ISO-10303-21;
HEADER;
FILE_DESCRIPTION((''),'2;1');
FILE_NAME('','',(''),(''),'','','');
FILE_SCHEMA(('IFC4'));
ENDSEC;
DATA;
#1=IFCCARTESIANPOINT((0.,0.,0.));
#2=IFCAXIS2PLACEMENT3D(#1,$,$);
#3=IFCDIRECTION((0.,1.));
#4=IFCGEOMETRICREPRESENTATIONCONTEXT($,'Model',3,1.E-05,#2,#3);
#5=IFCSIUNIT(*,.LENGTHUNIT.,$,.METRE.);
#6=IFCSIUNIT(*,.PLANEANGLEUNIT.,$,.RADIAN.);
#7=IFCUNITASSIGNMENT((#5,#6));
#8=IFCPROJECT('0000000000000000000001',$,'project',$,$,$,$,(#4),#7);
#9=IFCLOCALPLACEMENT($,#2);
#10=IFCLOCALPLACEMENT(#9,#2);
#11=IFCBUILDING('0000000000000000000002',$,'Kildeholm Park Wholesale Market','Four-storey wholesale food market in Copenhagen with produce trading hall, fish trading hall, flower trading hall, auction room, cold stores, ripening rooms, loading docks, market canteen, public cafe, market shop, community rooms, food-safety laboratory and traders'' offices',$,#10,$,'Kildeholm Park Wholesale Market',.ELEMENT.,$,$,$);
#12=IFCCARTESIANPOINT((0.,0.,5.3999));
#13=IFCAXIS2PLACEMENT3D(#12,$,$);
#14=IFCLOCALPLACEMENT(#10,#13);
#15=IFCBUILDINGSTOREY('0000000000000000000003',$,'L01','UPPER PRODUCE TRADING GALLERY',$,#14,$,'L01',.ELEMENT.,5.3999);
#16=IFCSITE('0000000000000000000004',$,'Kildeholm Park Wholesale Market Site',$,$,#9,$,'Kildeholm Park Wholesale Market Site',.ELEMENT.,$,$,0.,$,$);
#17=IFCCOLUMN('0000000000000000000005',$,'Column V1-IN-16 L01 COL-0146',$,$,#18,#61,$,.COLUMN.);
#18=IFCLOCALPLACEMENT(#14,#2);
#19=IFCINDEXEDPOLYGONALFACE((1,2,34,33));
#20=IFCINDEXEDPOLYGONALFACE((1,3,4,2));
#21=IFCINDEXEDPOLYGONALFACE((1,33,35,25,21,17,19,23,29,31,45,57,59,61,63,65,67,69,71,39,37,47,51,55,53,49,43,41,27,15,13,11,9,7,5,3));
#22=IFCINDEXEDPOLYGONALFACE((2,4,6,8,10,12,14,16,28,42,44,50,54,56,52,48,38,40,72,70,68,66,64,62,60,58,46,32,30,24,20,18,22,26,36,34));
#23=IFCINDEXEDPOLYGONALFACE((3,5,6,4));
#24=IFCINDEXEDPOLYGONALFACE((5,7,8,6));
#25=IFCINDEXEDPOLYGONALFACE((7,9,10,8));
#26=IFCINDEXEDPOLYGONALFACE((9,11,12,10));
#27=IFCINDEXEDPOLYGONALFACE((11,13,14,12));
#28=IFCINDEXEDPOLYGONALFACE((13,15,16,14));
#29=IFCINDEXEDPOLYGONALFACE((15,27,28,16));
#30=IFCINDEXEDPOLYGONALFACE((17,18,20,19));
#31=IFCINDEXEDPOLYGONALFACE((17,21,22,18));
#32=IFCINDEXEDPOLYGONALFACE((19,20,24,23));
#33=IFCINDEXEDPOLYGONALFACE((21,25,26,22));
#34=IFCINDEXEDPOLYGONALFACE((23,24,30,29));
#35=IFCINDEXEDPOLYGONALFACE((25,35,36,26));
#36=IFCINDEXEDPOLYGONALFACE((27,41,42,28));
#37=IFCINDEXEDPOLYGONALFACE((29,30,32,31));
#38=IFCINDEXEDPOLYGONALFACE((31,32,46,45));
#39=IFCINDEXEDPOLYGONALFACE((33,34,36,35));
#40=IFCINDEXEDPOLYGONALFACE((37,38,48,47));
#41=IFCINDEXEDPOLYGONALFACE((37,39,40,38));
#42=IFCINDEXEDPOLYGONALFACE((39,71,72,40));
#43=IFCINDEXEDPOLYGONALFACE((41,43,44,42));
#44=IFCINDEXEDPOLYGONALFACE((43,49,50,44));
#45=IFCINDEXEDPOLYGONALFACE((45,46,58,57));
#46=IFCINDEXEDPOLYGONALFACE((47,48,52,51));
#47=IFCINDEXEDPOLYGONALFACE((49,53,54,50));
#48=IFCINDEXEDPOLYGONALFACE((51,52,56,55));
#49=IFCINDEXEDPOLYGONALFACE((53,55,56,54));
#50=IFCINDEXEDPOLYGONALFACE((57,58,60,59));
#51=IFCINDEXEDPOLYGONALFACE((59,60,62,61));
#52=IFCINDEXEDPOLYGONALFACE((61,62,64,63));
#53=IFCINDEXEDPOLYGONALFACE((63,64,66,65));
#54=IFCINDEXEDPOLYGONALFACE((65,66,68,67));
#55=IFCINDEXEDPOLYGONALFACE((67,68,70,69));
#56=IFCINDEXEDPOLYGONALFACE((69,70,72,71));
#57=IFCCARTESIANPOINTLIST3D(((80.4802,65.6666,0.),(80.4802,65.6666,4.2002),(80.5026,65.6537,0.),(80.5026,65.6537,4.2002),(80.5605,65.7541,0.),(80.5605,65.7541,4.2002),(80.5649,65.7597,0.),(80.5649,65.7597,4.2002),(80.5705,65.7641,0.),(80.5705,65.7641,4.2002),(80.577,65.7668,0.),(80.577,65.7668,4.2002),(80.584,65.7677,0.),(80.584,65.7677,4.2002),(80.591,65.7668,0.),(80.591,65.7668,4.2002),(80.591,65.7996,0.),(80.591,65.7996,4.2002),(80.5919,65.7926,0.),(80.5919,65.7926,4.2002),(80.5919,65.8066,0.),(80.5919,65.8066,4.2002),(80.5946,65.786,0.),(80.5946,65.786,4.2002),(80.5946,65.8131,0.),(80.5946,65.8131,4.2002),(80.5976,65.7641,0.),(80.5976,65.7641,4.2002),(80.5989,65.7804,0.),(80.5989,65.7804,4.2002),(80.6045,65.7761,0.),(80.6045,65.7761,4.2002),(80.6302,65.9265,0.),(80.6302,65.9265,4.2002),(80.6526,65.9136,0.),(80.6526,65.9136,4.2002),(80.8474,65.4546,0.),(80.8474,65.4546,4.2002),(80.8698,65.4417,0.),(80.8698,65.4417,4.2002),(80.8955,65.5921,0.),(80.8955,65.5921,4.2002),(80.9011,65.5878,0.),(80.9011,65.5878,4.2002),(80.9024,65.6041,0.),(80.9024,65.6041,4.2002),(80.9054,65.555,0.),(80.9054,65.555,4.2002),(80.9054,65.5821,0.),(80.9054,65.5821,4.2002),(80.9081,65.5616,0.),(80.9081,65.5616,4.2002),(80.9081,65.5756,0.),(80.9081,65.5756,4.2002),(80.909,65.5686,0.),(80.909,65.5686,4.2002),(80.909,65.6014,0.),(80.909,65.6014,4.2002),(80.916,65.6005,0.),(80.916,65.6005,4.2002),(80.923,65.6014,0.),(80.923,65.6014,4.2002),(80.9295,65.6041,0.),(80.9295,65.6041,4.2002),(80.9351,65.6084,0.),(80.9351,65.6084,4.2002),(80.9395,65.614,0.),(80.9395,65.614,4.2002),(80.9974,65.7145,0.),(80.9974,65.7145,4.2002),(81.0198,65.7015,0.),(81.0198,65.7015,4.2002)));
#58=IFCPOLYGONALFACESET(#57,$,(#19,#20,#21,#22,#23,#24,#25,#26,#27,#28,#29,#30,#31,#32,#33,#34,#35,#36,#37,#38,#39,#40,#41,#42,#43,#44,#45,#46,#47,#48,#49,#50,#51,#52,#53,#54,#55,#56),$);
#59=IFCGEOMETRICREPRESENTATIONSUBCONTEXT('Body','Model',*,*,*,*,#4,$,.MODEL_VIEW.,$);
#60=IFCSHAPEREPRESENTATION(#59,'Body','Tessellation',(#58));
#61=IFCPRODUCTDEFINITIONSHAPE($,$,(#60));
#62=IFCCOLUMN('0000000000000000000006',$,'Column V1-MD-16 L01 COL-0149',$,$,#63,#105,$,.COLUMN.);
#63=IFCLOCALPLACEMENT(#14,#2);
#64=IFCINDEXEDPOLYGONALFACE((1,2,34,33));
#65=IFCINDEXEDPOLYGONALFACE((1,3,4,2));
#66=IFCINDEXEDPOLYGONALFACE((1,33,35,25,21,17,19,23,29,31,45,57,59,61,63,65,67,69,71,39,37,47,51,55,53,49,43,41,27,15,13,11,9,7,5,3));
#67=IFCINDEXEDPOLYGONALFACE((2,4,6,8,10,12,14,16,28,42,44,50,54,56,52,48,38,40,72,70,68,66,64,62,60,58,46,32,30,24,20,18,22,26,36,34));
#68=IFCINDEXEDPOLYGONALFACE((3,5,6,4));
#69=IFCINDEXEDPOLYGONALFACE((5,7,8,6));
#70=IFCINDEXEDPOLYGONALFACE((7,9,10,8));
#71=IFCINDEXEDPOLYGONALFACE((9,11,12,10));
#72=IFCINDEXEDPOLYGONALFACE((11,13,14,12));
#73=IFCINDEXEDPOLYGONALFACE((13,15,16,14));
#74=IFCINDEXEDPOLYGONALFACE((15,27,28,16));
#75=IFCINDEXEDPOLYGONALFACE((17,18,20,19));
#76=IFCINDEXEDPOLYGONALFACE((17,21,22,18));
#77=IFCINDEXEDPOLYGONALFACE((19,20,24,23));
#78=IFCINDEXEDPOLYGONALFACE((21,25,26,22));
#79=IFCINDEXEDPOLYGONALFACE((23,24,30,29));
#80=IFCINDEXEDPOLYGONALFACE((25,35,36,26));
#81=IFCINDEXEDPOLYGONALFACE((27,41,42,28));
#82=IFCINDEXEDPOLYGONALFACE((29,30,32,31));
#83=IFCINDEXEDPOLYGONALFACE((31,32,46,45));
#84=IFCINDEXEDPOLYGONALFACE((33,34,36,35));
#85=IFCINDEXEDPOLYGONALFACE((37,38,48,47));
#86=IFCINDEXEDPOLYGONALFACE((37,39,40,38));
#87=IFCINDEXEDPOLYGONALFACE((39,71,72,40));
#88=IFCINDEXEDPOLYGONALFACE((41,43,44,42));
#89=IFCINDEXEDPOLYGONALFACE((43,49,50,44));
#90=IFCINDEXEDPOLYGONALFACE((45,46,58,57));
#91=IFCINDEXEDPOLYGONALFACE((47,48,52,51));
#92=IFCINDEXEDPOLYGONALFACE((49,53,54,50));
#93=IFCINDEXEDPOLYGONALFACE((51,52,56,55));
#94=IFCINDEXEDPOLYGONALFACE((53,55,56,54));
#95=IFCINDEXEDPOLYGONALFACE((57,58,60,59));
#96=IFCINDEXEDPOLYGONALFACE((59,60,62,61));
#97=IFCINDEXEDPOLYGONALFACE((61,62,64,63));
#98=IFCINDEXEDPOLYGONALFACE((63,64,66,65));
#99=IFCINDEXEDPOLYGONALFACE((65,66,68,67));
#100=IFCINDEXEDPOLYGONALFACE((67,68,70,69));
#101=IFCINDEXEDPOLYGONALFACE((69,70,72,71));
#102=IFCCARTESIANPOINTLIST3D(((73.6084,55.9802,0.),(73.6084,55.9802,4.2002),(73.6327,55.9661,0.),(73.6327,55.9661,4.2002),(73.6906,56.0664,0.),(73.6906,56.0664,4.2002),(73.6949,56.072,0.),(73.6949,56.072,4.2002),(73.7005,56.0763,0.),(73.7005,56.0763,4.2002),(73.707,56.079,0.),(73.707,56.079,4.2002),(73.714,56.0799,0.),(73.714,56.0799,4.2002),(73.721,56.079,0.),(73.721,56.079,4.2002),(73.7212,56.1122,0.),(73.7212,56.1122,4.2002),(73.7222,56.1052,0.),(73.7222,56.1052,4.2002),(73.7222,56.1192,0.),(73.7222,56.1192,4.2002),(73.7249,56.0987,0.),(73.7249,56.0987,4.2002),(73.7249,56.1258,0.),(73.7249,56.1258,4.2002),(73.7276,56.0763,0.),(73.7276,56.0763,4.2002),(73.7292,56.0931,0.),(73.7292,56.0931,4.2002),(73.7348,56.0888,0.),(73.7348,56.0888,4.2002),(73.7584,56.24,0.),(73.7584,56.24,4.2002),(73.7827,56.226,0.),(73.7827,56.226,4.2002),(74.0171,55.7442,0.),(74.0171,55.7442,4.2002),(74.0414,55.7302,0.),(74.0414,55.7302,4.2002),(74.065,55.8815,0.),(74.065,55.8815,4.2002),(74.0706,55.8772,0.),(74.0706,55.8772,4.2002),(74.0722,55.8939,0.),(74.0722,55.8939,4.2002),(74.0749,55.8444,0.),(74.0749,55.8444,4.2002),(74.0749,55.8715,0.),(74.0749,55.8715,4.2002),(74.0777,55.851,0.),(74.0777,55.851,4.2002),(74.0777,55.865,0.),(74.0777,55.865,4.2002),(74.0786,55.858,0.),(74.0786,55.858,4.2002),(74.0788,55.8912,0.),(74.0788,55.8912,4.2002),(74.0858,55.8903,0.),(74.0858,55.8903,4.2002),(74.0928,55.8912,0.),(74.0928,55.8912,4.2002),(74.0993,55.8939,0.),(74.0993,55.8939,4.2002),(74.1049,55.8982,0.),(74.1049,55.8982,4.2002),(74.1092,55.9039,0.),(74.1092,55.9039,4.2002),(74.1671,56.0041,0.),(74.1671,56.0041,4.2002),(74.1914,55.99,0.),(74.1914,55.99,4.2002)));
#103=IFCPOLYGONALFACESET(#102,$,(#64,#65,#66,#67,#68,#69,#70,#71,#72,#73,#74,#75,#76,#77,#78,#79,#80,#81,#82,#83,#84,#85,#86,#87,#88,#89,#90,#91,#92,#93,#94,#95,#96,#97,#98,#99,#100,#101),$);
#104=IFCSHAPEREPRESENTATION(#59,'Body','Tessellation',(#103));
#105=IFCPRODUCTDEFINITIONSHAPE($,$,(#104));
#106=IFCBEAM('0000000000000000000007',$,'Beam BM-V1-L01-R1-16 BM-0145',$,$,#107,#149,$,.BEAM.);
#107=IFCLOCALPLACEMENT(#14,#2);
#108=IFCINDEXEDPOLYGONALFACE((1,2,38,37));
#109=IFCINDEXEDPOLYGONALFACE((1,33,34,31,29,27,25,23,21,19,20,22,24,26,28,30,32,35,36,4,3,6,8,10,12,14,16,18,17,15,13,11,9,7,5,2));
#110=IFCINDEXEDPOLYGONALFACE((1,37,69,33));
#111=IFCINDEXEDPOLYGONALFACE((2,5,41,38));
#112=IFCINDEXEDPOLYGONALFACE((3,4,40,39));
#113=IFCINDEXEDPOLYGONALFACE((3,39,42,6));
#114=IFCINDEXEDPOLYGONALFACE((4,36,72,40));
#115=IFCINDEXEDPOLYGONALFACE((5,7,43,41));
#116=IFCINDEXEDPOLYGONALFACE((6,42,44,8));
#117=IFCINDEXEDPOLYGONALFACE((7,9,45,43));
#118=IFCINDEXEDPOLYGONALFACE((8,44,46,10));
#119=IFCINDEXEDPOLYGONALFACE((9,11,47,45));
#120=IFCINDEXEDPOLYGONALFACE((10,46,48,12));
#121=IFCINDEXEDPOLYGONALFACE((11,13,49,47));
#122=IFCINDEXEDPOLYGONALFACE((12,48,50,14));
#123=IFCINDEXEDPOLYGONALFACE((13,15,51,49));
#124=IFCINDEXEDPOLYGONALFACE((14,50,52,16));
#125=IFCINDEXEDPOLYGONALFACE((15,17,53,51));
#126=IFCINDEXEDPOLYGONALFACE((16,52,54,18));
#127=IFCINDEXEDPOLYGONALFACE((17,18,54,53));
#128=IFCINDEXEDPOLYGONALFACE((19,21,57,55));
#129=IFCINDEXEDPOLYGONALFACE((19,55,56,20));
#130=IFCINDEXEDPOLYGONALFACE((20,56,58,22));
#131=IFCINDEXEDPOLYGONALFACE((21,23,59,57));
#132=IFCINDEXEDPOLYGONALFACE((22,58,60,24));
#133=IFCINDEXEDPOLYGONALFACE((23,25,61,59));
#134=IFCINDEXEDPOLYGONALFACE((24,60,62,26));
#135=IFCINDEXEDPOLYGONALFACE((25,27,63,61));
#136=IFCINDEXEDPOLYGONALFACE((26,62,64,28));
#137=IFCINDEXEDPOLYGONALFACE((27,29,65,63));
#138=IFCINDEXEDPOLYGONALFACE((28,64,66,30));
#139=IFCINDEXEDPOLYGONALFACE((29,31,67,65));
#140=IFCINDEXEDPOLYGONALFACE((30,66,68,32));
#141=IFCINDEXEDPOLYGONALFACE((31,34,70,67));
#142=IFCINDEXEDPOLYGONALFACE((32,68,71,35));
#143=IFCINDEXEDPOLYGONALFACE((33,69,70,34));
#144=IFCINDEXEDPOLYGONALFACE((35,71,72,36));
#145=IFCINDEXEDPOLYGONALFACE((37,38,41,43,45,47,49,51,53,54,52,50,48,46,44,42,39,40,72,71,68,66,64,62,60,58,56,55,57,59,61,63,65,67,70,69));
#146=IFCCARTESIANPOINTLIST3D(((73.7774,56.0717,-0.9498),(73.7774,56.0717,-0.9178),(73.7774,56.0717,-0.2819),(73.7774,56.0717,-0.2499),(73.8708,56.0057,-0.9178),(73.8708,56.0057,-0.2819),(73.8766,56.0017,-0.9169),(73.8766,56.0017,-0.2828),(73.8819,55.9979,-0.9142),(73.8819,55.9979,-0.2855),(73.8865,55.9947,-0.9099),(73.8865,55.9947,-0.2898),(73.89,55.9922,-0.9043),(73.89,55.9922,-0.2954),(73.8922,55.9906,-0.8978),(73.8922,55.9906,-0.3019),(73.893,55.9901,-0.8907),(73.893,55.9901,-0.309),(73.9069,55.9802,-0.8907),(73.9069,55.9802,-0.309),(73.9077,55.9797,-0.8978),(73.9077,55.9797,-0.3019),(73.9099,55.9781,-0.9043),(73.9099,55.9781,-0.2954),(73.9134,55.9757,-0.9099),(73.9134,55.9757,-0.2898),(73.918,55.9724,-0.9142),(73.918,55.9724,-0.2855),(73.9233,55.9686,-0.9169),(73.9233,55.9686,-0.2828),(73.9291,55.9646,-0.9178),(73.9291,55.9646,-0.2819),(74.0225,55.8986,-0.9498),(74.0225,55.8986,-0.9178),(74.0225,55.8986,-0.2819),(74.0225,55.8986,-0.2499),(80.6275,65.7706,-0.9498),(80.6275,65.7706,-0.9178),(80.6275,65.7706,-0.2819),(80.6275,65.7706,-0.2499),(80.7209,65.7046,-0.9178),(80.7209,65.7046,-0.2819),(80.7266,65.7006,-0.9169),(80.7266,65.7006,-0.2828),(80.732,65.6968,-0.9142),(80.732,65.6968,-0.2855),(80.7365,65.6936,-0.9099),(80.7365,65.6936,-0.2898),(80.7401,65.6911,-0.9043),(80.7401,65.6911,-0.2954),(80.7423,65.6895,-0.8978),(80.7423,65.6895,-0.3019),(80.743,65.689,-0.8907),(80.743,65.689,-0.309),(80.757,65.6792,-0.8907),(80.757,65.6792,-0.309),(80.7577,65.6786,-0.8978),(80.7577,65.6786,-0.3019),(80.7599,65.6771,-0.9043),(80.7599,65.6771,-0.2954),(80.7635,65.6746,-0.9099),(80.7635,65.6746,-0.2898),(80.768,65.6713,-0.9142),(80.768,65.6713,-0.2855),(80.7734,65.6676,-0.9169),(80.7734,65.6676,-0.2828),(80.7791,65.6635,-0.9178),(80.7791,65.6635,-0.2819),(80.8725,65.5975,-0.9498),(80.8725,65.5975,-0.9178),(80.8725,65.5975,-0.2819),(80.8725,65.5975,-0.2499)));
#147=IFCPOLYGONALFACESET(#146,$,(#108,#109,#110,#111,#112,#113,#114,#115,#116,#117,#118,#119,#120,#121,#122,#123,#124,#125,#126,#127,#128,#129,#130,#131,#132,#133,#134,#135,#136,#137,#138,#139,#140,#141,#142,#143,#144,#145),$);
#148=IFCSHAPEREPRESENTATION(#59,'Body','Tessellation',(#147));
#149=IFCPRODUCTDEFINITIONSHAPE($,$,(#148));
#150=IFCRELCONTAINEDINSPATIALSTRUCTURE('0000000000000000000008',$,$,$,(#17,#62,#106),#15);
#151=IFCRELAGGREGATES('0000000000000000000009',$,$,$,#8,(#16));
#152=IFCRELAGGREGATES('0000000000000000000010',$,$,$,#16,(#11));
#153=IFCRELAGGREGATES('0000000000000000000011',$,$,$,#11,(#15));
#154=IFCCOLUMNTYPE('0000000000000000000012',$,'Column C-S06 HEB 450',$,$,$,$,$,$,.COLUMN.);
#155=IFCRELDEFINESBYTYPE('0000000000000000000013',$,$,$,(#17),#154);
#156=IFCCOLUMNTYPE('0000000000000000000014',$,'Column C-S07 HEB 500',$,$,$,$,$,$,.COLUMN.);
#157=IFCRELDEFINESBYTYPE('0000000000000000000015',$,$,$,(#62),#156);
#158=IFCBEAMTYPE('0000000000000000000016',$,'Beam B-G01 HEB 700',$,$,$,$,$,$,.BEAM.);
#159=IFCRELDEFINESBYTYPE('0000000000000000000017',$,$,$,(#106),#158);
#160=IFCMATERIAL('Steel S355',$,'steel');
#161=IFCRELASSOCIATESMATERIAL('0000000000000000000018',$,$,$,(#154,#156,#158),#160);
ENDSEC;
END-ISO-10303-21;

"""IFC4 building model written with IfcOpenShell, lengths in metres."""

from ifc_helpers import new_model, si_unit, direction, frame, origin, origin_2d, place, context, subcontext, project, spatial, i_section, extrude, material, material_profile, profile_set, type_object, element, save


model = new_model("IFC4")

# Units and contexts
model_context = context("Model", 3, precision=1e-05, world=origin(), true_north=direction((0.0, 1.0)))
body_context = subcontext(model_context, "Body", "Model", "MODEL_VIEW")
ifc_project = project(units=[si_unit("LENGTHUNIT", "METRE"), si_unit("PLANEANGLEUNIT", "RADIAN")], contexts=[model_context])

# Site, building, storey
site_placement = place(None, origin())
site = spatial("IfcSite", under=ifc_project, at=site_placement, Name="Kildeholm Park Wholesale Market Site", LongName="Kildeholm Park Wholesale Market Site", CompositionType="ELEMENT", RefElevation=0.0)
building_placement = place(site_placement, origin())
building = spatial("IfcBuilding", under=site, at=building_placement, Name="Kildeholm Park Wholesale Market", Description="Four-storey wholesale food market in Copenhagen with produce trading hall, fish trading hall, flower trading hall, auction room, cold stores, ripening rooms, loading docks, market canteen, public cafe, market shop, community rooms, food-safety laboratory and traders' offices", LongName="Kildeholm Park Wholesale Market", CompositionType="ELEMENT")
storey_placement = place(building_placement, frame((0.0, 0.0, 5.3999)))
storey = spatial("IfcBuildingStorey", under=building, at=storey_placement, Name="L01", Description="UPPER PRODUCE TRADING GALLERY", LongName="L01", CompositionType="ELEMENT", Elevation=5.3999)

# Columns
ifc_material_1 = material(Name="Steel S355", Category="steel")
ifc_material_profile_1 = material_profile(ifc_material_1, i_section(OverallWidth=0.3, OverallDepth=0.45, WebThickness=0.0139, FlangeThickness=0.0259, FilletRadius=0.0271, at=origin_2d()), Name="HEB 450")
ifc_profile_set_1 = profile_set([ifc_material_profile_1], Name="Steel S355")
column_type_1 = type_object("IfcColumnType", Name="Column C-S06 HEB 450", PredefinedType="COLUMN", material=ifc_profile_set_1)
column_1_placement = place(storey_placement, frame((80.75, 65.6841, 0.0), z_axis=(0.0, 0.0, 1.0), x_axis=(-0.5, -0.866025, 0.0)))
element("IfcColumn", 1, at=column_1_placement, inside=storey, type_object=column_type_1, Name="Column V1-IN-16 L01 COL-0146", PredefinedType="COLUMN", context=body_context, shape_type="SweptSolid", body=[
    extrude(i_section(OverallWidth=0.3, OverallDepth=0.45, WebThickness=0.0139, FlangeThickness=0.0259, FilletRadius=0.0271, at=origin_2d()), origin(), (0.0, 0.0, 1.0), 4.2002),
])
ifc_material_profile_2 = material_profile(ifc_material_1, i_section(OverallWidth=0.3, OverallDepth=0.5, WebThickness=0.0144, FlangeThickness=0.0281, FilletRadius=0.0271, at=origin_2d()), Name="HEB 500")
ifc_profile_set_2 = profile_set([ifc_material_profile_2], Name="Steel S355")
column_type_2 = type_object("IfcColumnType", Name="Column C-S07 HEB 500", PredefinedType="COLUMN", material=ifc_profile_set_2)
column_2_placement = place(storey_placement, frame((73.8999, 55.9851, 0.0), z_axis=(0.0, 0.0, 1.0), x_axis=(-0.5, -0.866025, 0.0)))
element("IfcColumn", 2, at=column_2_placement, inside=storey, type_object=column_type_2, Name="Column V1-MD-16 L01 COL-0149", PredefinedType="COLUMN", context=body_context, shape_type="SweptSolid", body=[
    extrude(i_section(OverallWidth=0.3, OverallDepth=0.5, WebThickness=0.0144, FlangeThickness=0.0281, FilletRadius=0.0271, at=origin_2d()), origin(), (0.0, 0.0, 1.0), 4.2002),
])

# Beam
ifc_material_profile_3 = material_profile(ifc_material_1, i_section(OverallWidth=0.3, OverallDepth=0.7, WebThickness=0.0171, FlangeThickness=0.032, FilletRadius=0.0271, at=origin_2d()), Name="HEB 700")
ifc_profile_set_3 = profile_set([ifc_material_profile_3], Name="Steel S355")
beam_type_1 = type_object("IfcBeamType", Name="Beam B-G01 HEB 700", PredefinedType="BEAM", material=ifc_profile_set_3)
beam_1_placement = place(storey_placement, frame((80.75, 65.6841, -0.5999), z_axis=(-0.576895, -0.816819, 0.0), x_axis=(0.816819, -0.576895, 0.0)))
element("IfcBeam", 3, at=beam_1_placement, inside=storey, type_object=beam_type_1, Name="Beam BM-V1-L01-R1-16 BM-0145", PredefinedType="BEAM", context=body_context, shape_type="SweptSolid", body=[
    extrude(i_section(OverallWidth=0.3, OverallDepth=0.7, WebThickness=0.0171, FlangeThickness=0.032, FilletRadius=0.0271, at=origin_2d()), origin(), (0.0, 0.0, 1.0), 11.874),
])

save(model, "model.ifc")
